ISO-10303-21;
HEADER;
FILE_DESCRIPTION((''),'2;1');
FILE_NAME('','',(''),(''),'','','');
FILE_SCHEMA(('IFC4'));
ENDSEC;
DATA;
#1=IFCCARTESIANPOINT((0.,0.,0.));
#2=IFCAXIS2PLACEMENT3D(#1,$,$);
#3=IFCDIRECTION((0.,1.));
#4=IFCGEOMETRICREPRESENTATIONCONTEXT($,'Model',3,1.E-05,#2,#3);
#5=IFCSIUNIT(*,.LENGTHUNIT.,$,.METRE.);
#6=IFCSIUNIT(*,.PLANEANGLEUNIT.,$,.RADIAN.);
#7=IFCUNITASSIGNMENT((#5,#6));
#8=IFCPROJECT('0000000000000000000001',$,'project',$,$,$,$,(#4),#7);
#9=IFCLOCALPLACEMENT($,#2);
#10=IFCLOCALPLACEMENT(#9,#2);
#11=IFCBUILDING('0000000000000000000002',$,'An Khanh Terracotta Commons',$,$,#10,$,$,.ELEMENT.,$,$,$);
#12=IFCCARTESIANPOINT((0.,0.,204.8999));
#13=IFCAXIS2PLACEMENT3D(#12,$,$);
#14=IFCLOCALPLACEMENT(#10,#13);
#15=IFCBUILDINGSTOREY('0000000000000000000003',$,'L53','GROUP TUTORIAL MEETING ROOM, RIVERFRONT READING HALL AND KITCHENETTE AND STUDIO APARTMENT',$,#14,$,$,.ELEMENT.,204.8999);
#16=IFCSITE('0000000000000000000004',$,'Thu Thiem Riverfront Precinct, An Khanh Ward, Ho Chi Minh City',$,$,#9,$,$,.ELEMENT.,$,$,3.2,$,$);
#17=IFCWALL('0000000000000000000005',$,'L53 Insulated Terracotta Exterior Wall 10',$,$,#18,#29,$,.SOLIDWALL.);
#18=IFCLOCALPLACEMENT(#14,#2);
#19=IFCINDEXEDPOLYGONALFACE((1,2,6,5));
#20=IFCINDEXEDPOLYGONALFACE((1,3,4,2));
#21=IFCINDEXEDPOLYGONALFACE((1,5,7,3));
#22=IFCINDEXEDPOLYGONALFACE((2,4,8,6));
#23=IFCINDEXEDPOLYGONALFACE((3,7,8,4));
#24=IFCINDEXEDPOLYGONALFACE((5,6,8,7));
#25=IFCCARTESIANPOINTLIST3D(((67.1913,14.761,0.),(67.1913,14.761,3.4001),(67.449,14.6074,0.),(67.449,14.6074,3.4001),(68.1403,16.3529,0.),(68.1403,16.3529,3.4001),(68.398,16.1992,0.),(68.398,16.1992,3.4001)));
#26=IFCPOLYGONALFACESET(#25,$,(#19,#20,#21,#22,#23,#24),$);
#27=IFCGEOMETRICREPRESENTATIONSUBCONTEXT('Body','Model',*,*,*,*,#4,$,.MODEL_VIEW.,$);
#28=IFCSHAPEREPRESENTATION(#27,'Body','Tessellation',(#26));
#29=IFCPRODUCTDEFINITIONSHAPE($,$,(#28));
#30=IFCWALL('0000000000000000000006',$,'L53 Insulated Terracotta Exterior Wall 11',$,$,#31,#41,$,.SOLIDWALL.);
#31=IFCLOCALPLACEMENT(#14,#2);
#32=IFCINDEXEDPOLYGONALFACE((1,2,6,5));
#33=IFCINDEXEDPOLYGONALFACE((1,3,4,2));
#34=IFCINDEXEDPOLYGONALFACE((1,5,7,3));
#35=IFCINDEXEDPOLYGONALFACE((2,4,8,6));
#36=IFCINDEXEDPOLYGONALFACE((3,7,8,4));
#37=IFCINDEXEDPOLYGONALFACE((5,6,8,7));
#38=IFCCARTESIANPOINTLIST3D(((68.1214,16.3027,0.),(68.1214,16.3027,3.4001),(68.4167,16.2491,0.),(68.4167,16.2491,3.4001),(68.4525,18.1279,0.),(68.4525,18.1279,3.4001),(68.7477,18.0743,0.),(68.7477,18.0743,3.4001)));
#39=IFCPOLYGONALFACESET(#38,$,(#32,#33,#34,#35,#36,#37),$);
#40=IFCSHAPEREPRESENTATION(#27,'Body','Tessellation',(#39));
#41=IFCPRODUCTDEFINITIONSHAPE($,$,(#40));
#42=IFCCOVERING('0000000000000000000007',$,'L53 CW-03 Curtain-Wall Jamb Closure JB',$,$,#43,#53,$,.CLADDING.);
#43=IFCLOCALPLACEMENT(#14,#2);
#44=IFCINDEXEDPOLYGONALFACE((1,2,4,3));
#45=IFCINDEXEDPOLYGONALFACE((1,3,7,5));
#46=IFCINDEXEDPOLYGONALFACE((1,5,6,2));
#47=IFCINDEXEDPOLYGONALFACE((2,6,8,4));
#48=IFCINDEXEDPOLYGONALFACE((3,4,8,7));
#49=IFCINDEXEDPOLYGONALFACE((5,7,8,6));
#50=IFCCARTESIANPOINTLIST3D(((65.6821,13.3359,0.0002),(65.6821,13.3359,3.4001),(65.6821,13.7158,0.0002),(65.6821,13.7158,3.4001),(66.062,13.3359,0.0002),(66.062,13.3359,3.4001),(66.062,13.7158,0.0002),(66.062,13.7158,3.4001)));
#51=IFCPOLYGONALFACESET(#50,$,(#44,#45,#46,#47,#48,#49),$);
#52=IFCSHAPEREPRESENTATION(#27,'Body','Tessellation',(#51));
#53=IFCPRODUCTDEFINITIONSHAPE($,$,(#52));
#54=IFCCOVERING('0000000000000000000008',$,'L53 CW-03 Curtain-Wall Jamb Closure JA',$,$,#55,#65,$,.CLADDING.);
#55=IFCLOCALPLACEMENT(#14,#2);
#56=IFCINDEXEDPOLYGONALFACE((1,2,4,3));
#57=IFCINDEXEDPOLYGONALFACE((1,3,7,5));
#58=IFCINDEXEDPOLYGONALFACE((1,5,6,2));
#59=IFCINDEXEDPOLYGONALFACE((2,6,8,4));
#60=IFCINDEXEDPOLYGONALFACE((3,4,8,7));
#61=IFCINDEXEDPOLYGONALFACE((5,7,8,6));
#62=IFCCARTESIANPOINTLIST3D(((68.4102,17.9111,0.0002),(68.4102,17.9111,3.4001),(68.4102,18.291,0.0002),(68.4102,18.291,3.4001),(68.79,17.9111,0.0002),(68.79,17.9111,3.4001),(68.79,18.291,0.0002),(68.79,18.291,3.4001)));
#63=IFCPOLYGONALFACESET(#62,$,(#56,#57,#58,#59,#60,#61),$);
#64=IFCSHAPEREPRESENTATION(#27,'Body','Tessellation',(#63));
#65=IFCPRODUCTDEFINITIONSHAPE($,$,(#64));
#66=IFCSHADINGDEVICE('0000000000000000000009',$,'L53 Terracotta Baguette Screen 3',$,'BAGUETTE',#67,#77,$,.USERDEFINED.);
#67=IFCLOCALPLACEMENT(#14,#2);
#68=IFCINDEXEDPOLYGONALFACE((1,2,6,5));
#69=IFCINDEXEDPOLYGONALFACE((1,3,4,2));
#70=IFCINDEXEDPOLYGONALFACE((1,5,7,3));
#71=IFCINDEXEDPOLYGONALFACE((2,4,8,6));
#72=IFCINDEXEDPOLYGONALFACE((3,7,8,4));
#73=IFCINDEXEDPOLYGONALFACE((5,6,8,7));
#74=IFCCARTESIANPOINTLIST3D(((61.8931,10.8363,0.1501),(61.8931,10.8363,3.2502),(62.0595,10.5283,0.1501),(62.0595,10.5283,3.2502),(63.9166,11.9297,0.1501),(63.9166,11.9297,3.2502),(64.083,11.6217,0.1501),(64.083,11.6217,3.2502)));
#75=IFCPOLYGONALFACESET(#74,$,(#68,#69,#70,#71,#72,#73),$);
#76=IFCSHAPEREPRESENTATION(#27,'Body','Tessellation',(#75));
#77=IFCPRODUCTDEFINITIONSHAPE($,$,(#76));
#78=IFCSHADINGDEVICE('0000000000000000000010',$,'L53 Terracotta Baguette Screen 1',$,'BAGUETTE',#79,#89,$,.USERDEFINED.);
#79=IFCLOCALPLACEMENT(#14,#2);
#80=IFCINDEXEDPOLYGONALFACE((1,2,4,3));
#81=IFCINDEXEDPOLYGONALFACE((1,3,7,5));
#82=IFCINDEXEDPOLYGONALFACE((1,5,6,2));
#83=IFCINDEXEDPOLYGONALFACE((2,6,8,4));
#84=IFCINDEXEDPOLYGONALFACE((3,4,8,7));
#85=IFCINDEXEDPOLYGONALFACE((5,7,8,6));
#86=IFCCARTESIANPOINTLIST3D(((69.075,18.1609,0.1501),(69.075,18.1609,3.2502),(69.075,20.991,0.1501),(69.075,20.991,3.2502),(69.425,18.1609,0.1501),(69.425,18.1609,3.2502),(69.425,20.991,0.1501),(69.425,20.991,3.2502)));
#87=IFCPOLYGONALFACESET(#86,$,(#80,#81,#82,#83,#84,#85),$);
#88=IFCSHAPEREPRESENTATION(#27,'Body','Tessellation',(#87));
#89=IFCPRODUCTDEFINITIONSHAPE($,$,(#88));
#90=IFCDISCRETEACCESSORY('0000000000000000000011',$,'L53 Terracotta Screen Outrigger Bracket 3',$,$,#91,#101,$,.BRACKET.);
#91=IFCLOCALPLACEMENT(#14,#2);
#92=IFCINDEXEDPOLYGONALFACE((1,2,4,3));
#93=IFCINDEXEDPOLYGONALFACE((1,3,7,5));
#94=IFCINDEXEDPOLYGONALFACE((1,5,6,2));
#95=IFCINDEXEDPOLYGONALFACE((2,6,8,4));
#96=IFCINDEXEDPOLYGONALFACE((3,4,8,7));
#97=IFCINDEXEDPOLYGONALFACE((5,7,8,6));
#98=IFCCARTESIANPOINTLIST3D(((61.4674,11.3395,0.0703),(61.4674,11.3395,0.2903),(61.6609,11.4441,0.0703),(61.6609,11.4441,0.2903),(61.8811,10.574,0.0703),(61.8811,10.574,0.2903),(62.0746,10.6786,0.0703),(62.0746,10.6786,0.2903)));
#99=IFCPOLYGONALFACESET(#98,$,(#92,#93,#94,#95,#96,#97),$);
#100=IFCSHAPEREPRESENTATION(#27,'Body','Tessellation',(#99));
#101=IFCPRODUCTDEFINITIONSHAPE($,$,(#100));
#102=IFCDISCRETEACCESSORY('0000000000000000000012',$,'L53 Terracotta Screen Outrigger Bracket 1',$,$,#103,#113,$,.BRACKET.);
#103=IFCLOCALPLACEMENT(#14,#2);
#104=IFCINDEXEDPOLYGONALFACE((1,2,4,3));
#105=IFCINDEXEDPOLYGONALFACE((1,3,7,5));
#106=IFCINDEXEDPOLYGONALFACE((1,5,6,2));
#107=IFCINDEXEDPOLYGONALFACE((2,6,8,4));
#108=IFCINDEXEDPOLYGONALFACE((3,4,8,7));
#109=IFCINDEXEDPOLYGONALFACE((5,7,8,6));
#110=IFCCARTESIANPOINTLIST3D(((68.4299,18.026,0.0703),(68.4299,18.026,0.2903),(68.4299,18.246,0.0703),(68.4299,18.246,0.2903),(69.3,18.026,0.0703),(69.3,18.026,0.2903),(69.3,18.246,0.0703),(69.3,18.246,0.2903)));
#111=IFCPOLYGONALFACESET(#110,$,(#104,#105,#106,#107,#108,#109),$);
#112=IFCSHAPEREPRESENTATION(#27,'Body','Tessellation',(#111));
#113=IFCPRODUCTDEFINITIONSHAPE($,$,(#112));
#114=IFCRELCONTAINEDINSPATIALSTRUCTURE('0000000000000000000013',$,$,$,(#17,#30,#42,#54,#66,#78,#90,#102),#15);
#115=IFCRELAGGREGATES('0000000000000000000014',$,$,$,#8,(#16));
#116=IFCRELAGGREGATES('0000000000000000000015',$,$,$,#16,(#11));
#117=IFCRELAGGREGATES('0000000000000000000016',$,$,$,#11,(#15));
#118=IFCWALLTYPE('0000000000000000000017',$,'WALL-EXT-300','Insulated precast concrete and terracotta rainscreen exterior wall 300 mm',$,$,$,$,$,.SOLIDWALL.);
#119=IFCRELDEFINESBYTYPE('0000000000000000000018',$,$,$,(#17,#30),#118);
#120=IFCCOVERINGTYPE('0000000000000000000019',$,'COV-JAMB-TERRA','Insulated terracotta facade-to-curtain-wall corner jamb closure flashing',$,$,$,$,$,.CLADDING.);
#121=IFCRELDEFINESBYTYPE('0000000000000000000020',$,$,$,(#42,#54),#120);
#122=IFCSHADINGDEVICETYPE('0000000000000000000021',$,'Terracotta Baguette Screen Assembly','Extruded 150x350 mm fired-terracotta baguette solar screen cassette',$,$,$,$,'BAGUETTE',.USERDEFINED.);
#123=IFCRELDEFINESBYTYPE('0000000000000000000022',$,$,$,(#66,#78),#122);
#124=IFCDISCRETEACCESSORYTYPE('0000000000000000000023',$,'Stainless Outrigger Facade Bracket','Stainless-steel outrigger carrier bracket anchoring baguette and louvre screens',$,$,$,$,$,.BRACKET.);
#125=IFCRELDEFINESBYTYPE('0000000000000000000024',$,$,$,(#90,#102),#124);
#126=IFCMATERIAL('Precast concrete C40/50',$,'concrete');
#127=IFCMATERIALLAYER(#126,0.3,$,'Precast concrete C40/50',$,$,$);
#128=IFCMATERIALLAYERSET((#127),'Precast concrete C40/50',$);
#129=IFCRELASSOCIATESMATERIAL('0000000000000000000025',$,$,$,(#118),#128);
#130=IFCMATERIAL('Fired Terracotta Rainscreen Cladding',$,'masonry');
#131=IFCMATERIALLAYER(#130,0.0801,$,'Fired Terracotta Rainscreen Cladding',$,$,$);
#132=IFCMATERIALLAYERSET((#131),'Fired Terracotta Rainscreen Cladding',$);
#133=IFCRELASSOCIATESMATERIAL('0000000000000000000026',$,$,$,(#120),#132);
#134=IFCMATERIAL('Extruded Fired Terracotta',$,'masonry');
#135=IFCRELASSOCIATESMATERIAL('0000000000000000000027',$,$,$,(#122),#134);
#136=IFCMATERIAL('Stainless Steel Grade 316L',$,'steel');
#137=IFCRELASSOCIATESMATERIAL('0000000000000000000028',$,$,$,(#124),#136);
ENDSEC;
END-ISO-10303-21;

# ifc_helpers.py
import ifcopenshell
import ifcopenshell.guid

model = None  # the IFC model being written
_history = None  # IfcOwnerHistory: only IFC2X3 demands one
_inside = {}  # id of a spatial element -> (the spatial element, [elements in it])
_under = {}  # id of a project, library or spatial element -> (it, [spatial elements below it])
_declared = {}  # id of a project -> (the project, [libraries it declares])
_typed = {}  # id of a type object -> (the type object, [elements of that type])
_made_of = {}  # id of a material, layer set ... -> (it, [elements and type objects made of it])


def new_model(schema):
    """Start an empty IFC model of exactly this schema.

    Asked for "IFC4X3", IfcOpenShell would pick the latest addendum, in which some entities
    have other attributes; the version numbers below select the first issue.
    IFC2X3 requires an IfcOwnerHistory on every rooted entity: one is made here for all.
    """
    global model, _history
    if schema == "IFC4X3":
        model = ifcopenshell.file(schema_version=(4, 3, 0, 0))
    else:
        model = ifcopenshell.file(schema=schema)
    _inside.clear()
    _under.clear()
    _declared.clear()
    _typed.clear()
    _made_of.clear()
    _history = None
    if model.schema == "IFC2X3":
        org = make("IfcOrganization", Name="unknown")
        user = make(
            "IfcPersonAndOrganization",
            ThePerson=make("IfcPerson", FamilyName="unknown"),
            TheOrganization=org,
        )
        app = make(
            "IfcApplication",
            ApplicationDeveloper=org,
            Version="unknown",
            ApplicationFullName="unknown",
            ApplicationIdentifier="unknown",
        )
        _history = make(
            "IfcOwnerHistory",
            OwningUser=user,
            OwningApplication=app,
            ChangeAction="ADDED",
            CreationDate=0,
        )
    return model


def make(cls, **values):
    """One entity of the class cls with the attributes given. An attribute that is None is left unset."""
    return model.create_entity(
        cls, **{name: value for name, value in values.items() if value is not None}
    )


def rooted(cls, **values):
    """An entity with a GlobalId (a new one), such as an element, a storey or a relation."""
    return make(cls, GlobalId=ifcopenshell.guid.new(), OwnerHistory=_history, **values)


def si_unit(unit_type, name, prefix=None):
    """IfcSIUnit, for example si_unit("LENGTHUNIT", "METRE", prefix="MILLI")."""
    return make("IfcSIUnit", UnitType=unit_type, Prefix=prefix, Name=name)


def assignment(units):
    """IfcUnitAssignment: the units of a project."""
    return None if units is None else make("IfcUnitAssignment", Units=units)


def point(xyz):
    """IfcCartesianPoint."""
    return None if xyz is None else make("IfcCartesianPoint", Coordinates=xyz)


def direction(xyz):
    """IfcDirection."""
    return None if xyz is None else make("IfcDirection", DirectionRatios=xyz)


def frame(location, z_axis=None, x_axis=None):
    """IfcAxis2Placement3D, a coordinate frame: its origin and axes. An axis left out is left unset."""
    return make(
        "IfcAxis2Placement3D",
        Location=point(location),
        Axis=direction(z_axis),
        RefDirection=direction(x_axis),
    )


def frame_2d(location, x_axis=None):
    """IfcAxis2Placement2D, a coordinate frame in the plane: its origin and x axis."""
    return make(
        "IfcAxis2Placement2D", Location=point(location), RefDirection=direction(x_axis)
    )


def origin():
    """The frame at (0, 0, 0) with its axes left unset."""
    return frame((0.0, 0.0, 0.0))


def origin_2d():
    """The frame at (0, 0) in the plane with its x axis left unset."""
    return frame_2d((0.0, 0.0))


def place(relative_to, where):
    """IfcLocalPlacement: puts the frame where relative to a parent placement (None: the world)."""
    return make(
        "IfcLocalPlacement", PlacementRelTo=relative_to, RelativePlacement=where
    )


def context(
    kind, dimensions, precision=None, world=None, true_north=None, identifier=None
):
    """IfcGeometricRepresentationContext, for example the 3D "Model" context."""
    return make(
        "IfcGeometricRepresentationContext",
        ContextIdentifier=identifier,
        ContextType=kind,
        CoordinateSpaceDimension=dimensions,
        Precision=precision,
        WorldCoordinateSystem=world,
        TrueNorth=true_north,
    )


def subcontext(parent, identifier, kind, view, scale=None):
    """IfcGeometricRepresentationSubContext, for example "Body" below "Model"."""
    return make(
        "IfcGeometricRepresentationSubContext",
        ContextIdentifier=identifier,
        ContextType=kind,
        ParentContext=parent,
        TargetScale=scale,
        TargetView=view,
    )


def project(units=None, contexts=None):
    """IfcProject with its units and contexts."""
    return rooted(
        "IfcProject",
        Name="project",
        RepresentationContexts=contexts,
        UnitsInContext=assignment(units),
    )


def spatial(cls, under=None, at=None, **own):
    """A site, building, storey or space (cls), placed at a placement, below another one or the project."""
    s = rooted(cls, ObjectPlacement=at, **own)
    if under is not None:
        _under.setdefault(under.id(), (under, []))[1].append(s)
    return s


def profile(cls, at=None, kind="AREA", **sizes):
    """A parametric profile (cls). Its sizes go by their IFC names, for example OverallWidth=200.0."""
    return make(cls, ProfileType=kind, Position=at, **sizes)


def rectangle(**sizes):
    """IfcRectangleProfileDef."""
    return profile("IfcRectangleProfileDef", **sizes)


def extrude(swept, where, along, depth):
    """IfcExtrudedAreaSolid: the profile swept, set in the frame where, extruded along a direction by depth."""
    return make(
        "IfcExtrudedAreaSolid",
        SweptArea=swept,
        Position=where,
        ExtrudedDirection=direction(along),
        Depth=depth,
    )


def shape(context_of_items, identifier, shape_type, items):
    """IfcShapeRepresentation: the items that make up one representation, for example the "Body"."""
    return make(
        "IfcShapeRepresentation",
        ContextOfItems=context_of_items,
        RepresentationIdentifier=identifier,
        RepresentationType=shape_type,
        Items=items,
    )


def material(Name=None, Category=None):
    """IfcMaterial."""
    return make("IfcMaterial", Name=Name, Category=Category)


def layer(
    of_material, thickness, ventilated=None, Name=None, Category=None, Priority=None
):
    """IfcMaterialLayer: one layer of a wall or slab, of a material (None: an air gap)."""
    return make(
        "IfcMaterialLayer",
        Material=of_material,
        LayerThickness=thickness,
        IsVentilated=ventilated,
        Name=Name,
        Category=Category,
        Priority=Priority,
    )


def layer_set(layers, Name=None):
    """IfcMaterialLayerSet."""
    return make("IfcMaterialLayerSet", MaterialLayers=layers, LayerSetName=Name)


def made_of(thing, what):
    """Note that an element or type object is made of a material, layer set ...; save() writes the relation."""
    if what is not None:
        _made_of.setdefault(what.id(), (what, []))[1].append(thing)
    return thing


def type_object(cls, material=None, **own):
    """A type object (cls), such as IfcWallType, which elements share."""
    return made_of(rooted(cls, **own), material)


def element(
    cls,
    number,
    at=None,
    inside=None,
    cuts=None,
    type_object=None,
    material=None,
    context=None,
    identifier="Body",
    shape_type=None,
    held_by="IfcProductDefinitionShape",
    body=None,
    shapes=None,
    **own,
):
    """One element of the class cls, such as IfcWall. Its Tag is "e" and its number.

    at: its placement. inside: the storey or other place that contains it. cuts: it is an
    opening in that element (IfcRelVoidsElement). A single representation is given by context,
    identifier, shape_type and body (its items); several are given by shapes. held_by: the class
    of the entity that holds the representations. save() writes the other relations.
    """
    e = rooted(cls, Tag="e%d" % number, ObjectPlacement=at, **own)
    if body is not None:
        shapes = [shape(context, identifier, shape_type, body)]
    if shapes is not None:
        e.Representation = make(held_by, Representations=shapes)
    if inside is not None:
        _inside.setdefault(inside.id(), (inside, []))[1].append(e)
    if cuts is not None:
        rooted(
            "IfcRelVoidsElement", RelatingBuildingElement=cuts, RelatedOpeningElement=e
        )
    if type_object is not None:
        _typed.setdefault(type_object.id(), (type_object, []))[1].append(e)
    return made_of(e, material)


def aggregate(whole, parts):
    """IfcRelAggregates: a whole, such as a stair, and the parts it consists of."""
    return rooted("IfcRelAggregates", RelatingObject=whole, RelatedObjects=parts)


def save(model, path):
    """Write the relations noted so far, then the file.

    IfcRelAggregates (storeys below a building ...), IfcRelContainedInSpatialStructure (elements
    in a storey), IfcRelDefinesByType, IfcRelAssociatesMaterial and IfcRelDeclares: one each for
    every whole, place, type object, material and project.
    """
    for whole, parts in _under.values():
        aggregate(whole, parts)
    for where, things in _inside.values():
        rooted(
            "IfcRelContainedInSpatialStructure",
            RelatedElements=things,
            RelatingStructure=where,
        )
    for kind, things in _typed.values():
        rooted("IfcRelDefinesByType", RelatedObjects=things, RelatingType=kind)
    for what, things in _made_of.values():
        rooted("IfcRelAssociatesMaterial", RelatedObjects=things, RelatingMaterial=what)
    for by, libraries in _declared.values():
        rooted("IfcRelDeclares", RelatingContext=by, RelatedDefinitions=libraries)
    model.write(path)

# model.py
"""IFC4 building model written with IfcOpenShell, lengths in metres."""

from ifc_helpers import new_model, si_unit, direction, frame, frame_2d, origin, origin_2d, place, context, subcontext, project, spatial, rectangle, extrude, material, layer, layer_set, type_object, element, save


model = new_model("IFC4")

# Units and contexts
model_context = context("Model", 3, precision=1e-05, world=origin(), true_north=direction((0.0, 1.0)))
body_context = subcontext(model_context, "Body", "Model", "MODEL_VIEW")
ifc_project = project(units=[si_unit("LENGTHUNIT", "METRE"), si_unit("PLANEANGLEUNIT", "RADIAN")], contexts=[model_context])

# Site, building, storey
site_placement = place(None, origin())
site = spatial("IfcSite", under=ifc_project, at=site_placement, Name="Thu Thiem Riverfront Precinct, An Khanh Ward, Ho Chi Minh City", CompositionType="ELEMENT", RefElevation=3.2)
building_placement = place(site_placement, origin())
building = spatial("IfcBuilding", under=site, at=building_placement, Name="An Khanh Terracotta Commons", CompositionType="ELEMENT")
storey_placement = place(building_placement, frame((0.0, 0.0, 204.8999)))
storey = spatial("IfcBuildingStorey", under=building, at=storey_placement, Name="L53", Description="GROUP TUTORIAL MEETING ROOM, RIVERFRONT READING HALL AND KITCHENETTE AND STUDIO APARTMENT", CompositionType="ELEMENT", Elevation=204.8999)

# Walls
ifc_material_1 = material(Name="Precast concrete C40/50", Category="concrete")
ifc_layer_1 = layer(ifc_material_1, 0.3, Name="Precast concrete C40/50")
ifc_layer_set_1 = layer_set([ifc_layer_1], Name="Precast concrete C40/50")
wall_type_1 = type_object("IfcWallType", Name="WALL-EXT-300", Description="Insulated precast concrete and terracotta rainscreen exterior wall 300 mm", PredefinedType="SOLIDWALL", material=ifc_layer_set_1)
wall_1_placement = place(storey_placement, frame((67.3201, 14.6841, 0.0), z_axis=(0.0, 0.0, 1.0), x_axis=(0.512072, 0.858943, 0.0)))
element("IfcWall", 1, at=wall_1_placement, inside=storey, type_object=wall_type_1, Name="L53 Insulated Terracotta Exterior Wall 10", PredefinedType="SOLIDWALL", context=body_context, shape_type="SweptSolid", body=[
    extrude(rectangle(XDim=1.8533, YDim=0.3, at=frame_2d((0.9268, 0.0))), origin(), (0.0, 0.0, 1.0), 3.4001),
])
wall_2_placement = place(storey_placement, frame((68.269, 16.2759, 0.0), z_axis=(0.0, 0.0, 1.0), x_axis=(0.178468, 0.983946, 0.0)))
element("IfcWall", 2, at=wall_2_placement, inside=storey, type_object=wall_type_1, Name="L53 Insulated Terracotta Exterior Wall 11", PredefinedType="SOLIDWALL", context=body_context, shape_type="SweptSolid", body=[
    extrude(rectangle(XDim=1.855, YDim=0.3, at=frame_2d((0.9275, 0.0))), origin(), (0.0, 0.0, 1.0), 3.4001),
])

# Coverings
ifc_material_2 = material(Name="Fired Terracotta Rainscreen Cladding", Category="masonry")
ifc_layer_2 = layer(ifc_material_2, 0.0801, Name="Fired Terracotta Rainscreen Cladding")
ifc_layer_set_2 = layer_set([ifc_layer_2], Name="Fired Terracotta Rainscreen Cladding")
covering_type = type_object("IfcCoveringType", Name="COV-JAMB-TERRA", Description="Insulated terracotta facade-to-curtain-wall corner jamb closure flashing", PredefinedType="CLADDING", material=ifc_layer_set_2)
for number, where, z_axis, x_axis, name in (
    (3, (65.8721, 13.5259, 0.0002), (0.0, 0.0, 1.0), (1.0, 0.0, 0.0), "L53 CW-03 Curtain-Wall Jamb Closure JB"),
    (4, (68.6001, 18.1011, 0.0002), (0.0, 0.0, 1.0), (1.0, 0.0, 0.0), "L53 CW-03 Curtain-Wall Jamb Closure JA"),
):
    element("IfcCovering", number, at=place(storey_placement, frame(where, z_axis=z_axis, x_axis=x_axis)), inside=storey, type_object=covering_type, Name=name, PredefinedType="CLADDING", context=body_context, shape_type="SweptSolid", body=[
        extrude(rectangle(XDim=0.3799, YDim=0.3799, at=origin_2d()), origin(), (0.0, 0.0, 1.0), 3.3999),
    ])

# Shading devices
ifc_material_3 = material(Name="Extruded Fired Terracotta", Category="masonry")
shading_device_type = type_object("IfcShadingDeviceType", Name="Terracotta Baguette Screen Assembly", Description="Extruded 150x350 mm fired-terracotta baguette solar screen cassette", ElementType="BAGUETTE", PredefinedType="USERDEFINED", material=ifc_material_3)
shading_device_1_placement = place(storey_placement, frame((62.988, 11.229, 0.1501), z_axis=(0.0, 0.0, 1.0), x_axis=(0.87978, 0.475381, 0.0)))
element("IfcShadingDevice", 5, at=shading_device_1_placement, inside=storey, type_object=shading_device_type, Name="L53 Terracotta Baguette Screen 3", ObjectType="BAGUETTE", PredefinedType="USERDEFINED", context=body_context, shape_type="SweptSolid", body=[
    extrude(rectangle(XDim=2.3, YDim=0.3501, at=origin_2d()), origin(), (0.0, 0.0, 1.0), 3.1001),
])
shading_device_2_placement = place(storey_placement, frame((69.25, 19.5759, 0.1501), z_axis=(0.0, 0.0, 1.0), x_axis=(0.0, 1.0, 0.0)))
element("IfcShadingDevice", 6, at=shading_device_2_placement, inside=storey, type_object=shading_device_type, Name="L53 Terracotta Baguette Screen 1", ObjectType="BAGUETTE", PredefinedType="USERDEFINED", context=body_context, shape_type="SweptSolid", body=[
    extrude(rectangle(XDim=2.8301, YDim=0.3501, at=origin_2d()), origin(), (0.0, 0.0, 1.0), 3.1001),
])

# Discrete accessories
ifc_material_4 = material(Name="Stainless Steel Grade 316L", Category="steel")
discrete_accessory_type = type_object("IfcDiscreteAccessoryType", Name="Stainless Outrigger Facade Bracket", Description="Stainless-steel outrigger carrier bracket anchoring baguette and louvre screens", PredefinedType="BRACKET", material=ifc_material_4)
for number, where, z_axis, x_axis, name in (
    (7, (61.771, 11.009, 0.0703), (0.0, 0.0, 1.0), (0.87978, 0.475381, 0.0), "L53 Terracotta Screen Outrigger Bracket 3"),
    (8, (68.865, 18.136, 0.0703), (0.0, 0.0, 1.0), (0.0, 1.0, 0.0), "L53 Terracotta Screen Outrigger Bracket 1"),
):
    element("IfcDiscreteAccessory", number, at=place(storey_placement, frame(where, z_axis=z_axis, x_axis=x_axis)), inside=storey, type_object=discrete_accessory_type, Name=name, PredefinedType="BRACKET", context=body_context, shape_type="SweptSolid", body=[
        extrude(rectangle(XDim=0.22, YDim=0.8701, at=origin_2d()), origin(), (0.0, 0.0, 1.0), 0.22),
    ])

save(model, "model.ifc")
